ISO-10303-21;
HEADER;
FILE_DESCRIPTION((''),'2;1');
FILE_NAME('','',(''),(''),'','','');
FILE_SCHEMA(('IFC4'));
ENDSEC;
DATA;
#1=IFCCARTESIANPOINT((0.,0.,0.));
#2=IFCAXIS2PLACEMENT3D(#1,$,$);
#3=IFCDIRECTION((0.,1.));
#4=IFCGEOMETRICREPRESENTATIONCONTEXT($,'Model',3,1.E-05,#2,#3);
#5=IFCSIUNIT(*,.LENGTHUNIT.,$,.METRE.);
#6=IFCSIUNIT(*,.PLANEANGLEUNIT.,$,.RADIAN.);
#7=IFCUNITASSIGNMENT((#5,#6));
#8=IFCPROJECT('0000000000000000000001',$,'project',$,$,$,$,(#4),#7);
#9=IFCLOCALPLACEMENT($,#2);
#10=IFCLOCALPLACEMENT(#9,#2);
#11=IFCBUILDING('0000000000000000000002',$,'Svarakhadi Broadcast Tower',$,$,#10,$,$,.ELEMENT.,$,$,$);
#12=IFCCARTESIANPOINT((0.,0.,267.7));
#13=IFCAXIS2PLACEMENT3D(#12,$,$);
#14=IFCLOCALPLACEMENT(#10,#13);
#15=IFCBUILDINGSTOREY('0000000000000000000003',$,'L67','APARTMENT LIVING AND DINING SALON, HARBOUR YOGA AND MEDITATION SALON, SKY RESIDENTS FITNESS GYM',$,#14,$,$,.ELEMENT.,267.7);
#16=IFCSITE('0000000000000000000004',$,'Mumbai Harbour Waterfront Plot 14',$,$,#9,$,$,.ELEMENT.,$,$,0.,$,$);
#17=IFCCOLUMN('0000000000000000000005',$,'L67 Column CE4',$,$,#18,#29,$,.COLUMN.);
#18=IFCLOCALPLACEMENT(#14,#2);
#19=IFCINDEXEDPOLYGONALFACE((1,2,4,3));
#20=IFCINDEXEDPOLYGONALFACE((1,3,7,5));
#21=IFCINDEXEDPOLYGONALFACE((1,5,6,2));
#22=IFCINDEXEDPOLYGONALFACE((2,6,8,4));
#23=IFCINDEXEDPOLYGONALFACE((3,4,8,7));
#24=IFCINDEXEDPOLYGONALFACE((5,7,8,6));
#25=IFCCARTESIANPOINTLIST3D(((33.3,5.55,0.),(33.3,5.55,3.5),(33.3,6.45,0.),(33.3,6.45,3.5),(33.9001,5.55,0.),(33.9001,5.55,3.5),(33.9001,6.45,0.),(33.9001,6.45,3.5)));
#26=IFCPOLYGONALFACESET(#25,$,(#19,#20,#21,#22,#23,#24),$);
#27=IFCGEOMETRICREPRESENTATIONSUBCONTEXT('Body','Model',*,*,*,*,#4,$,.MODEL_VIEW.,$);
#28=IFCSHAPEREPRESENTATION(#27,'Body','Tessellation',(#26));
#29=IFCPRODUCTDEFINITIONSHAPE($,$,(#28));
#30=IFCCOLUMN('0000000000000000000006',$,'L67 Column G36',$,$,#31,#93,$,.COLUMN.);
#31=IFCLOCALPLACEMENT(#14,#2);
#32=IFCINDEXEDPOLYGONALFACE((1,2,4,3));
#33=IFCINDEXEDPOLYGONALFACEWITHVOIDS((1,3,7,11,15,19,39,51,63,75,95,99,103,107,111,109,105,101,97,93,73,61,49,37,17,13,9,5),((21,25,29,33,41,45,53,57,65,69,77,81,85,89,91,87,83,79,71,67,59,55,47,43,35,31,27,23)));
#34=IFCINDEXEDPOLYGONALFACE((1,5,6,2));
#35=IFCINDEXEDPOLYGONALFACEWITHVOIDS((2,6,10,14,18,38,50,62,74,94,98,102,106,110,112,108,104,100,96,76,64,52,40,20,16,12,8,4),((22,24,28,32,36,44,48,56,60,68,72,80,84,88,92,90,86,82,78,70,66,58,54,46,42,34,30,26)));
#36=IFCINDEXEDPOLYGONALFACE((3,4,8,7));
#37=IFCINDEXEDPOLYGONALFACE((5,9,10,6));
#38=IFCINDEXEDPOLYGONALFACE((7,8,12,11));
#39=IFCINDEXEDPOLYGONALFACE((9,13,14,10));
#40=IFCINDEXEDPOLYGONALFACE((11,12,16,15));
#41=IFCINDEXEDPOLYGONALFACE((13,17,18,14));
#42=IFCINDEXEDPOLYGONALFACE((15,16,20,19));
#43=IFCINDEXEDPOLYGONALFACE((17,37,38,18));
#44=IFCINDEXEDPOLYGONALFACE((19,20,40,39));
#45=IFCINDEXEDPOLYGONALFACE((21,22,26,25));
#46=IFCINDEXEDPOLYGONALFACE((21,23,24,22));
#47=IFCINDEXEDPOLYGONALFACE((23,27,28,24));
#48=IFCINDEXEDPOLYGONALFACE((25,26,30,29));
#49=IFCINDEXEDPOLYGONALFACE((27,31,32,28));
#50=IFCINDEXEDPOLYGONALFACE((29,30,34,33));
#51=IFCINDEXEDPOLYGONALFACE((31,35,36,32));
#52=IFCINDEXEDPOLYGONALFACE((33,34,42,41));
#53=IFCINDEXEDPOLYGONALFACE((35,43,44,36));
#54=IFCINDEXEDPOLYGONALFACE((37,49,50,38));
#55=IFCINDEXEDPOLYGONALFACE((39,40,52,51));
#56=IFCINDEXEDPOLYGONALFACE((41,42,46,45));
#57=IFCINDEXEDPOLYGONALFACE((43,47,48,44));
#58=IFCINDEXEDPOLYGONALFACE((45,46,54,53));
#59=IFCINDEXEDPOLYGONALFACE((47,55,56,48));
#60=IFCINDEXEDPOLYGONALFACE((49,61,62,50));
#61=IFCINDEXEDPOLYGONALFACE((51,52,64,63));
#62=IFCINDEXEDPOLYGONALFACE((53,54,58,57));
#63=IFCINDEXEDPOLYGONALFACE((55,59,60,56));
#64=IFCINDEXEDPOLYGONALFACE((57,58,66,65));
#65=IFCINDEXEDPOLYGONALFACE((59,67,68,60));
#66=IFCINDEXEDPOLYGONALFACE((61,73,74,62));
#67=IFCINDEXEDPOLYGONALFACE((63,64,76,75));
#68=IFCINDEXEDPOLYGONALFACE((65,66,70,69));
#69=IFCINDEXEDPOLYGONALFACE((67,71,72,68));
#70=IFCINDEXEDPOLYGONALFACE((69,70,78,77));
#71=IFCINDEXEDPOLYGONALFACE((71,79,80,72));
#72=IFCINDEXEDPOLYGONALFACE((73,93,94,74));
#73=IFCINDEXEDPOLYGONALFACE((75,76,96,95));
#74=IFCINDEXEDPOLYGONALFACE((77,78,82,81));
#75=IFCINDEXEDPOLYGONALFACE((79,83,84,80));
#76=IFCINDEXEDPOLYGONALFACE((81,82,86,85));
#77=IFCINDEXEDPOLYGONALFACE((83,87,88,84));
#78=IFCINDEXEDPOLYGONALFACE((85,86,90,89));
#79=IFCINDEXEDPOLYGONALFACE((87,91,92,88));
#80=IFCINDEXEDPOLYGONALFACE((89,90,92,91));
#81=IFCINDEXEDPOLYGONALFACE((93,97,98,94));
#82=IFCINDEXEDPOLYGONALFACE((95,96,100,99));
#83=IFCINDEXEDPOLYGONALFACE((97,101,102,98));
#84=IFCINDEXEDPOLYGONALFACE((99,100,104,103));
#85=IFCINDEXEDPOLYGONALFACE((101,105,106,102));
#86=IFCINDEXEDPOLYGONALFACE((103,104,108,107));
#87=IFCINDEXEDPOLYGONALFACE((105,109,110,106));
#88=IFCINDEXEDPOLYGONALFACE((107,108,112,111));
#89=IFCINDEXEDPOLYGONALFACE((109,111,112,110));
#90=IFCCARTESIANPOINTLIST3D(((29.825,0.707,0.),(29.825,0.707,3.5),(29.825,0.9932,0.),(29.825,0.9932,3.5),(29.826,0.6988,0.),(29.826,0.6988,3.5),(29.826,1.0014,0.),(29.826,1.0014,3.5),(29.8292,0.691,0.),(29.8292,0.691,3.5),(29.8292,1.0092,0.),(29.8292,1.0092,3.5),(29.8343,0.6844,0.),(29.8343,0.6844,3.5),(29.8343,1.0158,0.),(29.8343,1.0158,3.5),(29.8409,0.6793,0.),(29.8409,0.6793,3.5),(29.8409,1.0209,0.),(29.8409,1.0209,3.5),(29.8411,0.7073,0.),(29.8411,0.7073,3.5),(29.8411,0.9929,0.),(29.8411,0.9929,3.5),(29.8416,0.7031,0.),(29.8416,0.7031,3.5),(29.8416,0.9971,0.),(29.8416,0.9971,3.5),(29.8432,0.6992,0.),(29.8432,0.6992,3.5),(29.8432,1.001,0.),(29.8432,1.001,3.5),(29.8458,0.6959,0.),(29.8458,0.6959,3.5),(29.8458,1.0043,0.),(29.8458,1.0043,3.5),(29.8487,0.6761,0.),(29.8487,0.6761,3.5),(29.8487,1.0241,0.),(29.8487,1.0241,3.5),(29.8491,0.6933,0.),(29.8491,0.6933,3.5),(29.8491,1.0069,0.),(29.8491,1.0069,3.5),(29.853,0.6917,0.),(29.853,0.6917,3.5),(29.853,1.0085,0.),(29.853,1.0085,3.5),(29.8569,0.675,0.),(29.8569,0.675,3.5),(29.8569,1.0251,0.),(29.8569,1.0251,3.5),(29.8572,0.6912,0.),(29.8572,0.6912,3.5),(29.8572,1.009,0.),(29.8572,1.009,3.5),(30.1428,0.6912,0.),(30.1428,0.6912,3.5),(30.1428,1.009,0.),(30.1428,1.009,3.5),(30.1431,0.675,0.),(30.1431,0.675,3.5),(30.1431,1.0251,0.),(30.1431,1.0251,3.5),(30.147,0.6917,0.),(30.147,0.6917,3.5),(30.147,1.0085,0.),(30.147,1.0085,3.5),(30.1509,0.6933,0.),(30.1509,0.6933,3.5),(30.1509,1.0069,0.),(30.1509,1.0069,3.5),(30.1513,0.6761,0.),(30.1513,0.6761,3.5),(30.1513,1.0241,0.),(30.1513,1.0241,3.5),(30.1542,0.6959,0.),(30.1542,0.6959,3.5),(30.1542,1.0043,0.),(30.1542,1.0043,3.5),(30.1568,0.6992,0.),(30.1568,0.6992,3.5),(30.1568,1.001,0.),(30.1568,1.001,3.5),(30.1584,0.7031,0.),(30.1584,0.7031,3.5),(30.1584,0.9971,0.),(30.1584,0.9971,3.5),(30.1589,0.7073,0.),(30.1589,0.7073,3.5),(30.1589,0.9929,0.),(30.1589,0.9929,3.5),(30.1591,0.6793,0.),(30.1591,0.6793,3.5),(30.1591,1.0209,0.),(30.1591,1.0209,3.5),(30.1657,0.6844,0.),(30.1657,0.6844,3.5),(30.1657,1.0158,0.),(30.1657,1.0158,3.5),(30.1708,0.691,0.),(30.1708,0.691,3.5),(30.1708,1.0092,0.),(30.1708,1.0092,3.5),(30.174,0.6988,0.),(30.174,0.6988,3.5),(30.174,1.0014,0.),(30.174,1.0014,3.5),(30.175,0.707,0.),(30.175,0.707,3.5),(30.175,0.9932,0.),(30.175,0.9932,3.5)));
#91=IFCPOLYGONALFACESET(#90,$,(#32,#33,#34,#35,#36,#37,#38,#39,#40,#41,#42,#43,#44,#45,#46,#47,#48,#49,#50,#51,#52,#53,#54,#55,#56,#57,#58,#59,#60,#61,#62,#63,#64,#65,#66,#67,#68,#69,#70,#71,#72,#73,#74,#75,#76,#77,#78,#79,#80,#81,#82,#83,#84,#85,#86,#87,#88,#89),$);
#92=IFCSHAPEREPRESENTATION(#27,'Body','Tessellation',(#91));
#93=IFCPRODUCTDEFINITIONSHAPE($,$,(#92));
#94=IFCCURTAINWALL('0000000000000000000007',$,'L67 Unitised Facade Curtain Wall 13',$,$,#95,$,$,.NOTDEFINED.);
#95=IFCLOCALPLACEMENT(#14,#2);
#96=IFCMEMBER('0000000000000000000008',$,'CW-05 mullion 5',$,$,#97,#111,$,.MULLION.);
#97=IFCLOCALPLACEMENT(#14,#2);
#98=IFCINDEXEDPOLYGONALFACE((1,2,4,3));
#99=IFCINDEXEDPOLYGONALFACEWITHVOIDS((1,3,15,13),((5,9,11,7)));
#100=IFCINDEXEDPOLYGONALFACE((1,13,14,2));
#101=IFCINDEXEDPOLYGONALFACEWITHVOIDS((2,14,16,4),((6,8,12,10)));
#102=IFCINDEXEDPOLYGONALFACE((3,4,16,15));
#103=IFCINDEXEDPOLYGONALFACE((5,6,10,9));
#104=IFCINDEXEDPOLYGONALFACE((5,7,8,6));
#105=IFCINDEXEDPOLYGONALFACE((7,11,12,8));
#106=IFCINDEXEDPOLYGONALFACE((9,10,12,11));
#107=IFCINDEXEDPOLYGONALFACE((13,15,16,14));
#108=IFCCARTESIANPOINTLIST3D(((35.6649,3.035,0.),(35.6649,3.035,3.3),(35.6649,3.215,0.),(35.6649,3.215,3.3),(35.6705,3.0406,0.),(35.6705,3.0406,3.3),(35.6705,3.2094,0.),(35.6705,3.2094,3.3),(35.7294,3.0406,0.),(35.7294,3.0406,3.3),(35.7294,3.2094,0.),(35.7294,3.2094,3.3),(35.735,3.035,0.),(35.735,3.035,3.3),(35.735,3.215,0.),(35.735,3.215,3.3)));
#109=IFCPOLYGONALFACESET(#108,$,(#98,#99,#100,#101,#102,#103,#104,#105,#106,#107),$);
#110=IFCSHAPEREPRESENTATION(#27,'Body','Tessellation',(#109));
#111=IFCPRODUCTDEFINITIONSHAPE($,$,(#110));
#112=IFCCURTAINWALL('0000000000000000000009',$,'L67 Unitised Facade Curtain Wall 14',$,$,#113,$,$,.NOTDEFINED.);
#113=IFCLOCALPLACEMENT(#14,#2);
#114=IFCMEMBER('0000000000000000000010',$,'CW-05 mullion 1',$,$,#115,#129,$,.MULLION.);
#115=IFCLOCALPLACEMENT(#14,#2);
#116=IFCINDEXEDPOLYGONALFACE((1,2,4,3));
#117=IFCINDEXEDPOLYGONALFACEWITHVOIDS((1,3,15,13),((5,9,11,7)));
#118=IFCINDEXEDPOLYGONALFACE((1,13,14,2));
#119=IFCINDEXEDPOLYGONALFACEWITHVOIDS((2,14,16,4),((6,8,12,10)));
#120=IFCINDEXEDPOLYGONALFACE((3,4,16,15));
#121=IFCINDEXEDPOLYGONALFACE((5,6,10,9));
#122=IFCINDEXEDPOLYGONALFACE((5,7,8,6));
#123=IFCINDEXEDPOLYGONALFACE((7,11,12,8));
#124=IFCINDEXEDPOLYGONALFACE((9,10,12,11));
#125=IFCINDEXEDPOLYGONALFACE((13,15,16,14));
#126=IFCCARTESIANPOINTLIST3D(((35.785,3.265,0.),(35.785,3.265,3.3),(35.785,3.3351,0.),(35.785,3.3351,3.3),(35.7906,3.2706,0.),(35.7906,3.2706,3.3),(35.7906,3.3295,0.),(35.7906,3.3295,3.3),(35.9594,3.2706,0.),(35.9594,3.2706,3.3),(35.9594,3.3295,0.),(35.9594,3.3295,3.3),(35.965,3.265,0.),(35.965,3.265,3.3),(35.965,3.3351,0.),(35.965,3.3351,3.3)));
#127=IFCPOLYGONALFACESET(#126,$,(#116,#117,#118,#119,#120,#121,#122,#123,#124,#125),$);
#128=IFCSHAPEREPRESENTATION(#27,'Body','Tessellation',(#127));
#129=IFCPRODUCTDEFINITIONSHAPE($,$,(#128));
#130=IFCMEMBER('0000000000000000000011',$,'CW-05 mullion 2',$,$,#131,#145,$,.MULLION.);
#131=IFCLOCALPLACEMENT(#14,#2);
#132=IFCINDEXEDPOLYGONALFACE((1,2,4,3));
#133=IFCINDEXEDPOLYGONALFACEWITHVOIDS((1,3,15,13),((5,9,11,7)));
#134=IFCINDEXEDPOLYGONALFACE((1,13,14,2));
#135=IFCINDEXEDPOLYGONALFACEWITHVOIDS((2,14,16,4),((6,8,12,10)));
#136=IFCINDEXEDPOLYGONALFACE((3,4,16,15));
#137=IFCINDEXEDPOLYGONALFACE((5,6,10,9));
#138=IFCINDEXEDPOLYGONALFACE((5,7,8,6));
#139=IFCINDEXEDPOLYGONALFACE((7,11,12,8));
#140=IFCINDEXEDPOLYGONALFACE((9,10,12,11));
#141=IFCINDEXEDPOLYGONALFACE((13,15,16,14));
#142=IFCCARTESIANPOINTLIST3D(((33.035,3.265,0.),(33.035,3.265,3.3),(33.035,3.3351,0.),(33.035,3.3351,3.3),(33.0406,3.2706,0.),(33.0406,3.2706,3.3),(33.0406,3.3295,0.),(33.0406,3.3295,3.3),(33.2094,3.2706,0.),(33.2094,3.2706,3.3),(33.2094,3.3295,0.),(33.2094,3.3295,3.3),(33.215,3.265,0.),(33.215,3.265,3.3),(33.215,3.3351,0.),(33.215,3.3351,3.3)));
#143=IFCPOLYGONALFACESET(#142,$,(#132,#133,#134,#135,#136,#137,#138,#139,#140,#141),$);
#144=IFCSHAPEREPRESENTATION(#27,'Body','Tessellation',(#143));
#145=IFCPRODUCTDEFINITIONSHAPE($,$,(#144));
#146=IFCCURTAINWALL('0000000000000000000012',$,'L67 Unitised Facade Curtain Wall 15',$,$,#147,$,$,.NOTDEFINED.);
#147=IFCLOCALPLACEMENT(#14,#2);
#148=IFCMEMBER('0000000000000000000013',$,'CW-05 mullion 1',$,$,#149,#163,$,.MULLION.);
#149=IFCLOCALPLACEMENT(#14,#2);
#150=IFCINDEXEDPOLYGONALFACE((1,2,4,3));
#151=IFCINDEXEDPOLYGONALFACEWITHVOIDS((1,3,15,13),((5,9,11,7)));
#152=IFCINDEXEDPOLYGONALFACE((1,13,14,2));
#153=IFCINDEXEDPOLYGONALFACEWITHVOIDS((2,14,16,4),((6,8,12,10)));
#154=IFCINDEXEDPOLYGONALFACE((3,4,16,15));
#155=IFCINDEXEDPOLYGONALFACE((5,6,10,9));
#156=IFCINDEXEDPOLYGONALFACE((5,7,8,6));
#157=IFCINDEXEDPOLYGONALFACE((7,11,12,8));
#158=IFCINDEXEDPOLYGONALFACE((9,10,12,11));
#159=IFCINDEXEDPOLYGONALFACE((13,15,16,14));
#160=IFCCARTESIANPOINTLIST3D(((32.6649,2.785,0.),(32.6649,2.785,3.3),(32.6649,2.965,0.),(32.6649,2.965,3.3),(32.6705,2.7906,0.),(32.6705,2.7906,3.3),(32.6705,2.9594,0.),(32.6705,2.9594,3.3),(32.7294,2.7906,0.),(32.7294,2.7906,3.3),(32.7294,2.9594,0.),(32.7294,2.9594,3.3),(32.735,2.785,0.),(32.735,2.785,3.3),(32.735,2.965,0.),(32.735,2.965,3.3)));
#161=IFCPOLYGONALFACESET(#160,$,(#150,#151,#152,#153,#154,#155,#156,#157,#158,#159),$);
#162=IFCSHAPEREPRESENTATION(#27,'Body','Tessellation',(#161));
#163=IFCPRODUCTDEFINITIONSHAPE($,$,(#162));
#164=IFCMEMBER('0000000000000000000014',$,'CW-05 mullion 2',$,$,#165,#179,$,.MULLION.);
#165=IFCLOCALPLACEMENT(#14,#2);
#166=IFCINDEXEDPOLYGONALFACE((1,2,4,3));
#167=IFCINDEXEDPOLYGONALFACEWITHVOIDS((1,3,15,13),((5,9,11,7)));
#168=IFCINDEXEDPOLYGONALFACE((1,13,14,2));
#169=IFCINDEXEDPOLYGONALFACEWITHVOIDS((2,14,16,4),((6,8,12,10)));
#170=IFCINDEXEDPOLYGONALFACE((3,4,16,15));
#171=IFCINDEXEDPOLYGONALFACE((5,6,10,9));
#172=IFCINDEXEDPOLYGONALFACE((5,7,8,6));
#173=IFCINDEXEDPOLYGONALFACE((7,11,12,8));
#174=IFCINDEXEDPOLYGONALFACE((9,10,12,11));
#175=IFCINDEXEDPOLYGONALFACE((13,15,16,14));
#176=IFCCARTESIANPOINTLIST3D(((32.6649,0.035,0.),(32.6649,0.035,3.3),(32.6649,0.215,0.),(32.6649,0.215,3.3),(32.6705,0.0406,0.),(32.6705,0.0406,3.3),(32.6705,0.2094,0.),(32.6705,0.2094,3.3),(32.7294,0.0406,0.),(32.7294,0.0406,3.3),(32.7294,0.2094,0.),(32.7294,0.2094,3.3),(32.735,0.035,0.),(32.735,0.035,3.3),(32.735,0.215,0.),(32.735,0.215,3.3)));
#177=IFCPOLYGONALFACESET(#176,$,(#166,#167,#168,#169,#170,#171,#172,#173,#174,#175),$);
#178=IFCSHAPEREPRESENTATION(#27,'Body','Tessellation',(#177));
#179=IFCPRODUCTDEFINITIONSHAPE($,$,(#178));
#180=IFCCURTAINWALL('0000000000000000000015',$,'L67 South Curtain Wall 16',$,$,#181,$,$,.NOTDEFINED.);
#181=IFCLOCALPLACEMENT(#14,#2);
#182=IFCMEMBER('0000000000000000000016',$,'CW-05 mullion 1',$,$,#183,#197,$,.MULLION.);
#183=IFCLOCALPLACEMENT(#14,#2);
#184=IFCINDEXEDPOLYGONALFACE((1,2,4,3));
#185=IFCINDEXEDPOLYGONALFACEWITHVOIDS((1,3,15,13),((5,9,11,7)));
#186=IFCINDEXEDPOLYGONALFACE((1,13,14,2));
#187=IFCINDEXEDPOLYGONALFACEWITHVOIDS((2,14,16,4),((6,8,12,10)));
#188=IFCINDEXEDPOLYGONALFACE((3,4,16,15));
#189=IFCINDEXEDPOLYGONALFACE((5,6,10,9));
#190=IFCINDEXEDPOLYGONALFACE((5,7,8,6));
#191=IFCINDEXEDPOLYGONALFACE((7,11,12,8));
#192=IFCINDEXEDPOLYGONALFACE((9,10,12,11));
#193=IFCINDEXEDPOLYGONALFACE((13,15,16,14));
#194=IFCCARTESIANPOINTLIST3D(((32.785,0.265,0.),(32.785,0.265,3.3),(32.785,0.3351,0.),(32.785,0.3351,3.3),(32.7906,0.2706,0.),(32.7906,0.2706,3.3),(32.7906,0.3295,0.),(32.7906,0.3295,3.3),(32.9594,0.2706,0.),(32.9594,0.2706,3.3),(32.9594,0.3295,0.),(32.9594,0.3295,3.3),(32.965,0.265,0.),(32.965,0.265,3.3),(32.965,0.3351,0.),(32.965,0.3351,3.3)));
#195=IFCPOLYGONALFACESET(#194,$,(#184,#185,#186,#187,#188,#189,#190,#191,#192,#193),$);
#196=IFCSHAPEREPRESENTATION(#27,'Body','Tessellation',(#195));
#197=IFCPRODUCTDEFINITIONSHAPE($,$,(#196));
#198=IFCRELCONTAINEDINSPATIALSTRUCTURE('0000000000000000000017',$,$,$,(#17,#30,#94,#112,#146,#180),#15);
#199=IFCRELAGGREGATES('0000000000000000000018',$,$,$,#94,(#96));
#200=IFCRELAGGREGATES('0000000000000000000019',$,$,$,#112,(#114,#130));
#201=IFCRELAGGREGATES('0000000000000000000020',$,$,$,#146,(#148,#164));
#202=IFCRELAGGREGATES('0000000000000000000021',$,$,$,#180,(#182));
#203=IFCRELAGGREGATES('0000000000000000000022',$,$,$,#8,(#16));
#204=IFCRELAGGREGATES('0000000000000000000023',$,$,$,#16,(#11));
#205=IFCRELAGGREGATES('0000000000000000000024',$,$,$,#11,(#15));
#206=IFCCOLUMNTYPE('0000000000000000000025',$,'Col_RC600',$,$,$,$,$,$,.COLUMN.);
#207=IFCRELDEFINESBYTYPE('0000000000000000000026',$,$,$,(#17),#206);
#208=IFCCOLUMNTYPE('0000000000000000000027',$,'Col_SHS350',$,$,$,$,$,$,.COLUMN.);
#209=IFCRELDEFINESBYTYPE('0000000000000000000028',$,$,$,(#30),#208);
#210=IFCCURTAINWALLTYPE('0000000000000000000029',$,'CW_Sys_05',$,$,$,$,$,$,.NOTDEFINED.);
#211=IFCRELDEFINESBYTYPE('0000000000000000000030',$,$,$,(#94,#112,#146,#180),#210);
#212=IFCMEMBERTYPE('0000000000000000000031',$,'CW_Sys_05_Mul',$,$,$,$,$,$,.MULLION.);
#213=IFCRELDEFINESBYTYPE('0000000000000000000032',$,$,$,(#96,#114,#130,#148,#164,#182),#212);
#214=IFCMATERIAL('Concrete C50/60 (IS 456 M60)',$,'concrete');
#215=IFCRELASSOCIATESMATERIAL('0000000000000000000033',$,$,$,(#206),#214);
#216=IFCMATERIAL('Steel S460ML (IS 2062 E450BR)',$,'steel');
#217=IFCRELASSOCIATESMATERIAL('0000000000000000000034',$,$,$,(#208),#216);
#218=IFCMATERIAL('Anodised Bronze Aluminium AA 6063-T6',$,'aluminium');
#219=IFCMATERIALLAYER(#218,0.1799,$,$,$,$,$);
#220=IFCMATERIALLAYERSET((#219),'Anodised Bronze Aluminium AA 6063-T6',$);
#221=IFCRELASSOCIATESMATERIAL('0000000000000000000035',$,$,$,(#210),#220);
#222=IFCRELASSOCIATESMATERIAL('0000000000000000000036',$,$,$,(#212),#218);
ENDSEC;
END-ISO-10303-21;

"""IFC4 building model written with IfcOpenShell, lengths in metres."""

from ifc_helpers import new_model, si_unit, direction, frame, origin, origin_2d, place, context, subcontext, project, spatial, rectangle, hollow_rectangle, extrude, material, layer, layer_set, material_profile, profile_set, type_object, element, aggregate, save


model = new_model("IFC4")

# Units and contexts
model_context = context("Model", 3, precision=1e-05, world=origin(), true_north=direction((0.0, 1.0)))
body_context = subcontext(model_context, "Body", "Model", "MODEL_VIEW")
ifc_project = project(units=[si_unit("LENGTHUNIT", "METRE"), si_unit("PLANEANGLEUNIT", "RADIAN")], contexts=[model_context])

# Site, building, storey
site_placement = place(None, origin())
site = spatial("IfcSite", under=ifc_project, at=site_placement, Name="Mumbai Harbour Waterfront Plot 14", CompositionType="ELEMENT", RefElevation=0.0)
building_placement = place(site_placement, origin())
building = spatial("IfcBuilding", under=site, at=building_placement, Name="Svarakhadi Broadcast Tower", CompositionType="ELEMENT")
storey_placement = place(building_placement, frame((0.0, 0.0, 267.7)))
storey = spatial("IfcBuildingStorey", under=building, at=storey_placement, Name="L67", Description="APARTMENT LIVING AND DINING SALON, HARBOUR YOGA AND MEDITATION SALON, SKY RESIDENTS FITNESS GYM", CompositionType="ELEMENT", Elevation=267.7)

# Columns
ifc_material_1 = material(Name="Concrete C50/60 (IS 456 M60)", Category="concrete")
ifc_material_profile_1 = material_profile(ifc_material_1, rectangle(XDim=0.6001, YDim=0.8999, at=origin_2d()), Name="RC 600x900")
ifc_profile_set_1 = profile_set([ifc_material_profile_1], Name="Concrete C50/60 (IS 456 M60)")
column_type_1 = type_object("IfcColumnType", Name="Col_RC600", PredefinedType="COLUMN", material=ifc_profile_set_1)
column_1_placement = place(storey_placement, frame((33.6001, 6.0, 0.0), z_axis=(0.0, 0.0, 1.0), x_axis=(1.0, 0.0, 0.0)))
element("IfcColumn", 1, at=column_1_placement, inside=storey, type_object=column_type_1, Name="L67 Column CE4", PredefinedType="COLUMN", context=body_context, shape_type="SweptSolid", body=[
    extrude(rectangle(XDim=0.6001, YDim=0.8999, at=origin_2d()), origin(), (0.0, 0.0, 1.0), 3.5),
])
ifc_material_2 = material(Name="Steel S460ML (IS 2062 E450BR)", Category="steel")
ifc_material_profile_2 = material_profile(ifc_material_2, hollow_rectangle(XDim=0.3501, YDim=0.3501, WallThickness=0.0161, InnerFilletRadius=0.0161, OuterFilletRadius=0.032, at=origin_2d()), Name="SHS 350x350x16")
ifc_profile_set_2 = profile_set([ifc_material_profile_2], Name="Steel S460ML (IS 2062 E450BR)")
column_type_2 = type_object("IfcColumnType", Name="Col_SHS350", PredefinedType="COLUMN", material=ifc_profile_set_2)
column_2_placement = place(storey_placement, frame((30.0, 0.8501, 0.0), z_axis=(0.0, 0.0, 1.0), x_axis=(1.0, 0.0, 0.0)))
element("IfcColumn", 2, at=column_2_placement, inside=storey, type_object=column_type_2, Name="L67 Column G36", PredefinedType="COLUMN", context=body_context, shape_type="SweptSolid", body=[
    extrude(hollow_rectangle(XDim=0.3501, YDim=0.3501, WallThickness=0.0161, InnerFilletRadius=0.0161, OuterFilletRadius=0.032, at=origin_2d()), origin(), (0.0, 0.0, 1.0), 3.5),
])

# Curtain wall, member
ifc_material_3 = material(Name="Anodised Bronze Aluminium AA 6063-T6", Category="aluminium")
ifc_layer_1 = layer(ifc_material_3, 0.1799)
ifc_layer_set_1 = layer_set([ifc_layer_1], Name="Anodised Bronze Aluminium AA 6063-T6")
curtain_wall_type = type_object("IfcCurtainWallType", Name="CW_Sys_05", PredefinedType="NOTDEFINED", material=ifc_layer_set_1)
curtain_wall_1_placement = place(storey_placement, origin())
curtain_wall_1 = element("IfcCurtainWall", 3, at=curtain_wall_1_placement, inside=storey, type_object=curtain_wall_type, Name="L67 Unitised Facade Curtain Wall 13", PredefinedType="NOTDEFINED")
ifc_material_profile_3 = material_profile(ifc_material_3, hollow_rectangle(XDim=0.0701, YDim=0.1799, WallThickness=0.0056, at=origin_2d()), Name="ALU MULLION 180x70x6")
ifc_profile_set_3 = profile_set([ifc_material_profile_3], Name="Anodised Bronze Aluminium AA 6063-T6")
member_type_1 = type_object("IfcMemberType", Name="CW_Sys_05_Mul", PredefinedType="MULLION", material=ifc_profile_set_3)
member_1_placement = place(storey_placement, frame((35.7, 3.125, 0.0), z_axis=(0.0, 0.0, 1.0), x_axis=(1.0, 0.0, 0.0)))
member_1 = element("IfcMember", 4, at=member_1_placement, type_object=member_type_1, Name="CW-05 mullion 5", PredefinedType="MULLION", context=body_context, shape_type="SweptSolid", body=[
    extrude(hollow_rectangle(XDim=0.0701, YDim=0.1799, WallThickness=0.0056, at=origin_2d()), origin(), (0.0, 0.0, 1.0), 3.3),
])

# Curtain walls, members
curtain_wall_2_placement = place(storey_placement, origin())
curtain_wall_2 = element("IfcCurtainWall", 5, at=curtain_wall_2_placement, inside=storey, type_object=curtain_wall_type, Name="L67 Unitised Facade Curtain Wall 14", PredefinedType="NOTDEFINED")
member_2_placement = place(storey_placement, frame((35.875, 3.3, 0.0), z_axis=(0.0, 0.0, 1.0), x_axis=(0.0, -1.0, 0.0)))
member_2 = element("IfcMember", 6, at=member_2_placement, type_object=member_type_1, Name="CW-05 mullion 1", PredefinedType="MULLION", context=body_context, shape_type="SweptSolid", body=[
    extrude(hollow_rectangle(XDim=0.0701, YDim=0.1799, WallThickness=0.0056, at=origin_2d()), origin(), (0.0, 0.0, 1.0), 3.3),
])
member_3_placement = place(storey_placement, frame((33.125, 3.3, 0.0), z_axis=(0.0, 0.0, 1.0), x_axis=(0.0, -1.0, 0.0)))
member_3 = element("IfcMember", 7, at=member_3_placement, type_object=member_type_1, Name="CW-05 mullion 2", PredefinedType="MULLION", context=body_context, shape_type="SweptSolid", body=[
    extrude(hollow_rectangle(XDim=0.0701, YDim=0.1799, WallThickness=0.0056, at=origin_2d()), origin(), (0.0, 0.0, 1.0), 3.3),
])
curtain_wall_3_placement = place(storey_placement, origin())
curtain_wall_3 = element("IfcCurtainWall", 8, at=curtain_wall_3_placement, inside=storey, type_object=curtain_wall_type, Name="L67 Unitised Facade Curtain Wall 15", PredefinedType="NOTDEFINED")
member_4_placement = place(storey_placement, frame((32.7, 2.875, 0.0), z_axis=(0.0, 0.0, 1.0), x_axis=(1.0, 0.0, 0.0)))
member_4 = element("IfcMember", 9, at=member_4_placement, type_object=member_type_1, Name="CW-05 mullion 1", PredefinedType="MULLION", context=body_context, shape_type="SweptSolid", body=[
    extrude(hollow_rectangle(XDim=0.0701, YDim=0.1799, WallThickness=0.0056, at=origin_2d()), origin(), (0.0, 0.0, 1.0), 3.3),
])
member_5_placement = place(storey_placement, frame((32.7, 0.125, 0.0), z_axis=(0.0, 0.0, 1.0), x_axis=(1.0, 0.0, 0.0)))
member_5 = element("IfcMember", 10, at=member_5_placement, type_object=member_type_1, Name="CW-05 mullion 2", PredefinedType="MULLION", context=body_context, shape_type="SweptSolid", body=[
    extrude(hollow_rectangle(XDim=0.0701, YDim=0.1799, WallThickness=0.0056, at=origin_2d()), origin(), (0.0, 0.0, 1.0), 3.3),
])
curtain_wall_4_placement = place(storey_placement, origin())
curtain_wall_4 = element("IfcCurtainWall", 11, at=curtain_wall_4_placement, inside=storey, type_object=curtain_wall_type, Name="L67 South Curtain Wall 16", PredefinedType="NOTDEFINED")
member_6_placement = place(storey_placement, frame((32.875, 0.3, 0.0), z_axis=(0.0, 0.0, 1.0), x_axis=(0.0, -1.0, 0.0)))
member_6 = element("IfcMember", 12, at=member_6_placement, type_object=member_type_1, Name="CW-05 mullion 1", PredefinedType="MULLION", context=body_context, shape_type="SweptSolid", body=[
    extrude(hollow_rectangle(XDim=0.0701, YDim=0.1799, WallThickness=0.0056, at=origin_2d()), origin(), (0.0, 0.0, 1.0), 3.3),
])

aggregate(curtain_wall_1, [member_1])
aggregate(curtain_wall_2, [member_2, member_3])
aggregate(curtain_wall_3, [member_4, member_5])
aggregate(curtain_wall_4, [member_6])

save(model, "model.ifc")
